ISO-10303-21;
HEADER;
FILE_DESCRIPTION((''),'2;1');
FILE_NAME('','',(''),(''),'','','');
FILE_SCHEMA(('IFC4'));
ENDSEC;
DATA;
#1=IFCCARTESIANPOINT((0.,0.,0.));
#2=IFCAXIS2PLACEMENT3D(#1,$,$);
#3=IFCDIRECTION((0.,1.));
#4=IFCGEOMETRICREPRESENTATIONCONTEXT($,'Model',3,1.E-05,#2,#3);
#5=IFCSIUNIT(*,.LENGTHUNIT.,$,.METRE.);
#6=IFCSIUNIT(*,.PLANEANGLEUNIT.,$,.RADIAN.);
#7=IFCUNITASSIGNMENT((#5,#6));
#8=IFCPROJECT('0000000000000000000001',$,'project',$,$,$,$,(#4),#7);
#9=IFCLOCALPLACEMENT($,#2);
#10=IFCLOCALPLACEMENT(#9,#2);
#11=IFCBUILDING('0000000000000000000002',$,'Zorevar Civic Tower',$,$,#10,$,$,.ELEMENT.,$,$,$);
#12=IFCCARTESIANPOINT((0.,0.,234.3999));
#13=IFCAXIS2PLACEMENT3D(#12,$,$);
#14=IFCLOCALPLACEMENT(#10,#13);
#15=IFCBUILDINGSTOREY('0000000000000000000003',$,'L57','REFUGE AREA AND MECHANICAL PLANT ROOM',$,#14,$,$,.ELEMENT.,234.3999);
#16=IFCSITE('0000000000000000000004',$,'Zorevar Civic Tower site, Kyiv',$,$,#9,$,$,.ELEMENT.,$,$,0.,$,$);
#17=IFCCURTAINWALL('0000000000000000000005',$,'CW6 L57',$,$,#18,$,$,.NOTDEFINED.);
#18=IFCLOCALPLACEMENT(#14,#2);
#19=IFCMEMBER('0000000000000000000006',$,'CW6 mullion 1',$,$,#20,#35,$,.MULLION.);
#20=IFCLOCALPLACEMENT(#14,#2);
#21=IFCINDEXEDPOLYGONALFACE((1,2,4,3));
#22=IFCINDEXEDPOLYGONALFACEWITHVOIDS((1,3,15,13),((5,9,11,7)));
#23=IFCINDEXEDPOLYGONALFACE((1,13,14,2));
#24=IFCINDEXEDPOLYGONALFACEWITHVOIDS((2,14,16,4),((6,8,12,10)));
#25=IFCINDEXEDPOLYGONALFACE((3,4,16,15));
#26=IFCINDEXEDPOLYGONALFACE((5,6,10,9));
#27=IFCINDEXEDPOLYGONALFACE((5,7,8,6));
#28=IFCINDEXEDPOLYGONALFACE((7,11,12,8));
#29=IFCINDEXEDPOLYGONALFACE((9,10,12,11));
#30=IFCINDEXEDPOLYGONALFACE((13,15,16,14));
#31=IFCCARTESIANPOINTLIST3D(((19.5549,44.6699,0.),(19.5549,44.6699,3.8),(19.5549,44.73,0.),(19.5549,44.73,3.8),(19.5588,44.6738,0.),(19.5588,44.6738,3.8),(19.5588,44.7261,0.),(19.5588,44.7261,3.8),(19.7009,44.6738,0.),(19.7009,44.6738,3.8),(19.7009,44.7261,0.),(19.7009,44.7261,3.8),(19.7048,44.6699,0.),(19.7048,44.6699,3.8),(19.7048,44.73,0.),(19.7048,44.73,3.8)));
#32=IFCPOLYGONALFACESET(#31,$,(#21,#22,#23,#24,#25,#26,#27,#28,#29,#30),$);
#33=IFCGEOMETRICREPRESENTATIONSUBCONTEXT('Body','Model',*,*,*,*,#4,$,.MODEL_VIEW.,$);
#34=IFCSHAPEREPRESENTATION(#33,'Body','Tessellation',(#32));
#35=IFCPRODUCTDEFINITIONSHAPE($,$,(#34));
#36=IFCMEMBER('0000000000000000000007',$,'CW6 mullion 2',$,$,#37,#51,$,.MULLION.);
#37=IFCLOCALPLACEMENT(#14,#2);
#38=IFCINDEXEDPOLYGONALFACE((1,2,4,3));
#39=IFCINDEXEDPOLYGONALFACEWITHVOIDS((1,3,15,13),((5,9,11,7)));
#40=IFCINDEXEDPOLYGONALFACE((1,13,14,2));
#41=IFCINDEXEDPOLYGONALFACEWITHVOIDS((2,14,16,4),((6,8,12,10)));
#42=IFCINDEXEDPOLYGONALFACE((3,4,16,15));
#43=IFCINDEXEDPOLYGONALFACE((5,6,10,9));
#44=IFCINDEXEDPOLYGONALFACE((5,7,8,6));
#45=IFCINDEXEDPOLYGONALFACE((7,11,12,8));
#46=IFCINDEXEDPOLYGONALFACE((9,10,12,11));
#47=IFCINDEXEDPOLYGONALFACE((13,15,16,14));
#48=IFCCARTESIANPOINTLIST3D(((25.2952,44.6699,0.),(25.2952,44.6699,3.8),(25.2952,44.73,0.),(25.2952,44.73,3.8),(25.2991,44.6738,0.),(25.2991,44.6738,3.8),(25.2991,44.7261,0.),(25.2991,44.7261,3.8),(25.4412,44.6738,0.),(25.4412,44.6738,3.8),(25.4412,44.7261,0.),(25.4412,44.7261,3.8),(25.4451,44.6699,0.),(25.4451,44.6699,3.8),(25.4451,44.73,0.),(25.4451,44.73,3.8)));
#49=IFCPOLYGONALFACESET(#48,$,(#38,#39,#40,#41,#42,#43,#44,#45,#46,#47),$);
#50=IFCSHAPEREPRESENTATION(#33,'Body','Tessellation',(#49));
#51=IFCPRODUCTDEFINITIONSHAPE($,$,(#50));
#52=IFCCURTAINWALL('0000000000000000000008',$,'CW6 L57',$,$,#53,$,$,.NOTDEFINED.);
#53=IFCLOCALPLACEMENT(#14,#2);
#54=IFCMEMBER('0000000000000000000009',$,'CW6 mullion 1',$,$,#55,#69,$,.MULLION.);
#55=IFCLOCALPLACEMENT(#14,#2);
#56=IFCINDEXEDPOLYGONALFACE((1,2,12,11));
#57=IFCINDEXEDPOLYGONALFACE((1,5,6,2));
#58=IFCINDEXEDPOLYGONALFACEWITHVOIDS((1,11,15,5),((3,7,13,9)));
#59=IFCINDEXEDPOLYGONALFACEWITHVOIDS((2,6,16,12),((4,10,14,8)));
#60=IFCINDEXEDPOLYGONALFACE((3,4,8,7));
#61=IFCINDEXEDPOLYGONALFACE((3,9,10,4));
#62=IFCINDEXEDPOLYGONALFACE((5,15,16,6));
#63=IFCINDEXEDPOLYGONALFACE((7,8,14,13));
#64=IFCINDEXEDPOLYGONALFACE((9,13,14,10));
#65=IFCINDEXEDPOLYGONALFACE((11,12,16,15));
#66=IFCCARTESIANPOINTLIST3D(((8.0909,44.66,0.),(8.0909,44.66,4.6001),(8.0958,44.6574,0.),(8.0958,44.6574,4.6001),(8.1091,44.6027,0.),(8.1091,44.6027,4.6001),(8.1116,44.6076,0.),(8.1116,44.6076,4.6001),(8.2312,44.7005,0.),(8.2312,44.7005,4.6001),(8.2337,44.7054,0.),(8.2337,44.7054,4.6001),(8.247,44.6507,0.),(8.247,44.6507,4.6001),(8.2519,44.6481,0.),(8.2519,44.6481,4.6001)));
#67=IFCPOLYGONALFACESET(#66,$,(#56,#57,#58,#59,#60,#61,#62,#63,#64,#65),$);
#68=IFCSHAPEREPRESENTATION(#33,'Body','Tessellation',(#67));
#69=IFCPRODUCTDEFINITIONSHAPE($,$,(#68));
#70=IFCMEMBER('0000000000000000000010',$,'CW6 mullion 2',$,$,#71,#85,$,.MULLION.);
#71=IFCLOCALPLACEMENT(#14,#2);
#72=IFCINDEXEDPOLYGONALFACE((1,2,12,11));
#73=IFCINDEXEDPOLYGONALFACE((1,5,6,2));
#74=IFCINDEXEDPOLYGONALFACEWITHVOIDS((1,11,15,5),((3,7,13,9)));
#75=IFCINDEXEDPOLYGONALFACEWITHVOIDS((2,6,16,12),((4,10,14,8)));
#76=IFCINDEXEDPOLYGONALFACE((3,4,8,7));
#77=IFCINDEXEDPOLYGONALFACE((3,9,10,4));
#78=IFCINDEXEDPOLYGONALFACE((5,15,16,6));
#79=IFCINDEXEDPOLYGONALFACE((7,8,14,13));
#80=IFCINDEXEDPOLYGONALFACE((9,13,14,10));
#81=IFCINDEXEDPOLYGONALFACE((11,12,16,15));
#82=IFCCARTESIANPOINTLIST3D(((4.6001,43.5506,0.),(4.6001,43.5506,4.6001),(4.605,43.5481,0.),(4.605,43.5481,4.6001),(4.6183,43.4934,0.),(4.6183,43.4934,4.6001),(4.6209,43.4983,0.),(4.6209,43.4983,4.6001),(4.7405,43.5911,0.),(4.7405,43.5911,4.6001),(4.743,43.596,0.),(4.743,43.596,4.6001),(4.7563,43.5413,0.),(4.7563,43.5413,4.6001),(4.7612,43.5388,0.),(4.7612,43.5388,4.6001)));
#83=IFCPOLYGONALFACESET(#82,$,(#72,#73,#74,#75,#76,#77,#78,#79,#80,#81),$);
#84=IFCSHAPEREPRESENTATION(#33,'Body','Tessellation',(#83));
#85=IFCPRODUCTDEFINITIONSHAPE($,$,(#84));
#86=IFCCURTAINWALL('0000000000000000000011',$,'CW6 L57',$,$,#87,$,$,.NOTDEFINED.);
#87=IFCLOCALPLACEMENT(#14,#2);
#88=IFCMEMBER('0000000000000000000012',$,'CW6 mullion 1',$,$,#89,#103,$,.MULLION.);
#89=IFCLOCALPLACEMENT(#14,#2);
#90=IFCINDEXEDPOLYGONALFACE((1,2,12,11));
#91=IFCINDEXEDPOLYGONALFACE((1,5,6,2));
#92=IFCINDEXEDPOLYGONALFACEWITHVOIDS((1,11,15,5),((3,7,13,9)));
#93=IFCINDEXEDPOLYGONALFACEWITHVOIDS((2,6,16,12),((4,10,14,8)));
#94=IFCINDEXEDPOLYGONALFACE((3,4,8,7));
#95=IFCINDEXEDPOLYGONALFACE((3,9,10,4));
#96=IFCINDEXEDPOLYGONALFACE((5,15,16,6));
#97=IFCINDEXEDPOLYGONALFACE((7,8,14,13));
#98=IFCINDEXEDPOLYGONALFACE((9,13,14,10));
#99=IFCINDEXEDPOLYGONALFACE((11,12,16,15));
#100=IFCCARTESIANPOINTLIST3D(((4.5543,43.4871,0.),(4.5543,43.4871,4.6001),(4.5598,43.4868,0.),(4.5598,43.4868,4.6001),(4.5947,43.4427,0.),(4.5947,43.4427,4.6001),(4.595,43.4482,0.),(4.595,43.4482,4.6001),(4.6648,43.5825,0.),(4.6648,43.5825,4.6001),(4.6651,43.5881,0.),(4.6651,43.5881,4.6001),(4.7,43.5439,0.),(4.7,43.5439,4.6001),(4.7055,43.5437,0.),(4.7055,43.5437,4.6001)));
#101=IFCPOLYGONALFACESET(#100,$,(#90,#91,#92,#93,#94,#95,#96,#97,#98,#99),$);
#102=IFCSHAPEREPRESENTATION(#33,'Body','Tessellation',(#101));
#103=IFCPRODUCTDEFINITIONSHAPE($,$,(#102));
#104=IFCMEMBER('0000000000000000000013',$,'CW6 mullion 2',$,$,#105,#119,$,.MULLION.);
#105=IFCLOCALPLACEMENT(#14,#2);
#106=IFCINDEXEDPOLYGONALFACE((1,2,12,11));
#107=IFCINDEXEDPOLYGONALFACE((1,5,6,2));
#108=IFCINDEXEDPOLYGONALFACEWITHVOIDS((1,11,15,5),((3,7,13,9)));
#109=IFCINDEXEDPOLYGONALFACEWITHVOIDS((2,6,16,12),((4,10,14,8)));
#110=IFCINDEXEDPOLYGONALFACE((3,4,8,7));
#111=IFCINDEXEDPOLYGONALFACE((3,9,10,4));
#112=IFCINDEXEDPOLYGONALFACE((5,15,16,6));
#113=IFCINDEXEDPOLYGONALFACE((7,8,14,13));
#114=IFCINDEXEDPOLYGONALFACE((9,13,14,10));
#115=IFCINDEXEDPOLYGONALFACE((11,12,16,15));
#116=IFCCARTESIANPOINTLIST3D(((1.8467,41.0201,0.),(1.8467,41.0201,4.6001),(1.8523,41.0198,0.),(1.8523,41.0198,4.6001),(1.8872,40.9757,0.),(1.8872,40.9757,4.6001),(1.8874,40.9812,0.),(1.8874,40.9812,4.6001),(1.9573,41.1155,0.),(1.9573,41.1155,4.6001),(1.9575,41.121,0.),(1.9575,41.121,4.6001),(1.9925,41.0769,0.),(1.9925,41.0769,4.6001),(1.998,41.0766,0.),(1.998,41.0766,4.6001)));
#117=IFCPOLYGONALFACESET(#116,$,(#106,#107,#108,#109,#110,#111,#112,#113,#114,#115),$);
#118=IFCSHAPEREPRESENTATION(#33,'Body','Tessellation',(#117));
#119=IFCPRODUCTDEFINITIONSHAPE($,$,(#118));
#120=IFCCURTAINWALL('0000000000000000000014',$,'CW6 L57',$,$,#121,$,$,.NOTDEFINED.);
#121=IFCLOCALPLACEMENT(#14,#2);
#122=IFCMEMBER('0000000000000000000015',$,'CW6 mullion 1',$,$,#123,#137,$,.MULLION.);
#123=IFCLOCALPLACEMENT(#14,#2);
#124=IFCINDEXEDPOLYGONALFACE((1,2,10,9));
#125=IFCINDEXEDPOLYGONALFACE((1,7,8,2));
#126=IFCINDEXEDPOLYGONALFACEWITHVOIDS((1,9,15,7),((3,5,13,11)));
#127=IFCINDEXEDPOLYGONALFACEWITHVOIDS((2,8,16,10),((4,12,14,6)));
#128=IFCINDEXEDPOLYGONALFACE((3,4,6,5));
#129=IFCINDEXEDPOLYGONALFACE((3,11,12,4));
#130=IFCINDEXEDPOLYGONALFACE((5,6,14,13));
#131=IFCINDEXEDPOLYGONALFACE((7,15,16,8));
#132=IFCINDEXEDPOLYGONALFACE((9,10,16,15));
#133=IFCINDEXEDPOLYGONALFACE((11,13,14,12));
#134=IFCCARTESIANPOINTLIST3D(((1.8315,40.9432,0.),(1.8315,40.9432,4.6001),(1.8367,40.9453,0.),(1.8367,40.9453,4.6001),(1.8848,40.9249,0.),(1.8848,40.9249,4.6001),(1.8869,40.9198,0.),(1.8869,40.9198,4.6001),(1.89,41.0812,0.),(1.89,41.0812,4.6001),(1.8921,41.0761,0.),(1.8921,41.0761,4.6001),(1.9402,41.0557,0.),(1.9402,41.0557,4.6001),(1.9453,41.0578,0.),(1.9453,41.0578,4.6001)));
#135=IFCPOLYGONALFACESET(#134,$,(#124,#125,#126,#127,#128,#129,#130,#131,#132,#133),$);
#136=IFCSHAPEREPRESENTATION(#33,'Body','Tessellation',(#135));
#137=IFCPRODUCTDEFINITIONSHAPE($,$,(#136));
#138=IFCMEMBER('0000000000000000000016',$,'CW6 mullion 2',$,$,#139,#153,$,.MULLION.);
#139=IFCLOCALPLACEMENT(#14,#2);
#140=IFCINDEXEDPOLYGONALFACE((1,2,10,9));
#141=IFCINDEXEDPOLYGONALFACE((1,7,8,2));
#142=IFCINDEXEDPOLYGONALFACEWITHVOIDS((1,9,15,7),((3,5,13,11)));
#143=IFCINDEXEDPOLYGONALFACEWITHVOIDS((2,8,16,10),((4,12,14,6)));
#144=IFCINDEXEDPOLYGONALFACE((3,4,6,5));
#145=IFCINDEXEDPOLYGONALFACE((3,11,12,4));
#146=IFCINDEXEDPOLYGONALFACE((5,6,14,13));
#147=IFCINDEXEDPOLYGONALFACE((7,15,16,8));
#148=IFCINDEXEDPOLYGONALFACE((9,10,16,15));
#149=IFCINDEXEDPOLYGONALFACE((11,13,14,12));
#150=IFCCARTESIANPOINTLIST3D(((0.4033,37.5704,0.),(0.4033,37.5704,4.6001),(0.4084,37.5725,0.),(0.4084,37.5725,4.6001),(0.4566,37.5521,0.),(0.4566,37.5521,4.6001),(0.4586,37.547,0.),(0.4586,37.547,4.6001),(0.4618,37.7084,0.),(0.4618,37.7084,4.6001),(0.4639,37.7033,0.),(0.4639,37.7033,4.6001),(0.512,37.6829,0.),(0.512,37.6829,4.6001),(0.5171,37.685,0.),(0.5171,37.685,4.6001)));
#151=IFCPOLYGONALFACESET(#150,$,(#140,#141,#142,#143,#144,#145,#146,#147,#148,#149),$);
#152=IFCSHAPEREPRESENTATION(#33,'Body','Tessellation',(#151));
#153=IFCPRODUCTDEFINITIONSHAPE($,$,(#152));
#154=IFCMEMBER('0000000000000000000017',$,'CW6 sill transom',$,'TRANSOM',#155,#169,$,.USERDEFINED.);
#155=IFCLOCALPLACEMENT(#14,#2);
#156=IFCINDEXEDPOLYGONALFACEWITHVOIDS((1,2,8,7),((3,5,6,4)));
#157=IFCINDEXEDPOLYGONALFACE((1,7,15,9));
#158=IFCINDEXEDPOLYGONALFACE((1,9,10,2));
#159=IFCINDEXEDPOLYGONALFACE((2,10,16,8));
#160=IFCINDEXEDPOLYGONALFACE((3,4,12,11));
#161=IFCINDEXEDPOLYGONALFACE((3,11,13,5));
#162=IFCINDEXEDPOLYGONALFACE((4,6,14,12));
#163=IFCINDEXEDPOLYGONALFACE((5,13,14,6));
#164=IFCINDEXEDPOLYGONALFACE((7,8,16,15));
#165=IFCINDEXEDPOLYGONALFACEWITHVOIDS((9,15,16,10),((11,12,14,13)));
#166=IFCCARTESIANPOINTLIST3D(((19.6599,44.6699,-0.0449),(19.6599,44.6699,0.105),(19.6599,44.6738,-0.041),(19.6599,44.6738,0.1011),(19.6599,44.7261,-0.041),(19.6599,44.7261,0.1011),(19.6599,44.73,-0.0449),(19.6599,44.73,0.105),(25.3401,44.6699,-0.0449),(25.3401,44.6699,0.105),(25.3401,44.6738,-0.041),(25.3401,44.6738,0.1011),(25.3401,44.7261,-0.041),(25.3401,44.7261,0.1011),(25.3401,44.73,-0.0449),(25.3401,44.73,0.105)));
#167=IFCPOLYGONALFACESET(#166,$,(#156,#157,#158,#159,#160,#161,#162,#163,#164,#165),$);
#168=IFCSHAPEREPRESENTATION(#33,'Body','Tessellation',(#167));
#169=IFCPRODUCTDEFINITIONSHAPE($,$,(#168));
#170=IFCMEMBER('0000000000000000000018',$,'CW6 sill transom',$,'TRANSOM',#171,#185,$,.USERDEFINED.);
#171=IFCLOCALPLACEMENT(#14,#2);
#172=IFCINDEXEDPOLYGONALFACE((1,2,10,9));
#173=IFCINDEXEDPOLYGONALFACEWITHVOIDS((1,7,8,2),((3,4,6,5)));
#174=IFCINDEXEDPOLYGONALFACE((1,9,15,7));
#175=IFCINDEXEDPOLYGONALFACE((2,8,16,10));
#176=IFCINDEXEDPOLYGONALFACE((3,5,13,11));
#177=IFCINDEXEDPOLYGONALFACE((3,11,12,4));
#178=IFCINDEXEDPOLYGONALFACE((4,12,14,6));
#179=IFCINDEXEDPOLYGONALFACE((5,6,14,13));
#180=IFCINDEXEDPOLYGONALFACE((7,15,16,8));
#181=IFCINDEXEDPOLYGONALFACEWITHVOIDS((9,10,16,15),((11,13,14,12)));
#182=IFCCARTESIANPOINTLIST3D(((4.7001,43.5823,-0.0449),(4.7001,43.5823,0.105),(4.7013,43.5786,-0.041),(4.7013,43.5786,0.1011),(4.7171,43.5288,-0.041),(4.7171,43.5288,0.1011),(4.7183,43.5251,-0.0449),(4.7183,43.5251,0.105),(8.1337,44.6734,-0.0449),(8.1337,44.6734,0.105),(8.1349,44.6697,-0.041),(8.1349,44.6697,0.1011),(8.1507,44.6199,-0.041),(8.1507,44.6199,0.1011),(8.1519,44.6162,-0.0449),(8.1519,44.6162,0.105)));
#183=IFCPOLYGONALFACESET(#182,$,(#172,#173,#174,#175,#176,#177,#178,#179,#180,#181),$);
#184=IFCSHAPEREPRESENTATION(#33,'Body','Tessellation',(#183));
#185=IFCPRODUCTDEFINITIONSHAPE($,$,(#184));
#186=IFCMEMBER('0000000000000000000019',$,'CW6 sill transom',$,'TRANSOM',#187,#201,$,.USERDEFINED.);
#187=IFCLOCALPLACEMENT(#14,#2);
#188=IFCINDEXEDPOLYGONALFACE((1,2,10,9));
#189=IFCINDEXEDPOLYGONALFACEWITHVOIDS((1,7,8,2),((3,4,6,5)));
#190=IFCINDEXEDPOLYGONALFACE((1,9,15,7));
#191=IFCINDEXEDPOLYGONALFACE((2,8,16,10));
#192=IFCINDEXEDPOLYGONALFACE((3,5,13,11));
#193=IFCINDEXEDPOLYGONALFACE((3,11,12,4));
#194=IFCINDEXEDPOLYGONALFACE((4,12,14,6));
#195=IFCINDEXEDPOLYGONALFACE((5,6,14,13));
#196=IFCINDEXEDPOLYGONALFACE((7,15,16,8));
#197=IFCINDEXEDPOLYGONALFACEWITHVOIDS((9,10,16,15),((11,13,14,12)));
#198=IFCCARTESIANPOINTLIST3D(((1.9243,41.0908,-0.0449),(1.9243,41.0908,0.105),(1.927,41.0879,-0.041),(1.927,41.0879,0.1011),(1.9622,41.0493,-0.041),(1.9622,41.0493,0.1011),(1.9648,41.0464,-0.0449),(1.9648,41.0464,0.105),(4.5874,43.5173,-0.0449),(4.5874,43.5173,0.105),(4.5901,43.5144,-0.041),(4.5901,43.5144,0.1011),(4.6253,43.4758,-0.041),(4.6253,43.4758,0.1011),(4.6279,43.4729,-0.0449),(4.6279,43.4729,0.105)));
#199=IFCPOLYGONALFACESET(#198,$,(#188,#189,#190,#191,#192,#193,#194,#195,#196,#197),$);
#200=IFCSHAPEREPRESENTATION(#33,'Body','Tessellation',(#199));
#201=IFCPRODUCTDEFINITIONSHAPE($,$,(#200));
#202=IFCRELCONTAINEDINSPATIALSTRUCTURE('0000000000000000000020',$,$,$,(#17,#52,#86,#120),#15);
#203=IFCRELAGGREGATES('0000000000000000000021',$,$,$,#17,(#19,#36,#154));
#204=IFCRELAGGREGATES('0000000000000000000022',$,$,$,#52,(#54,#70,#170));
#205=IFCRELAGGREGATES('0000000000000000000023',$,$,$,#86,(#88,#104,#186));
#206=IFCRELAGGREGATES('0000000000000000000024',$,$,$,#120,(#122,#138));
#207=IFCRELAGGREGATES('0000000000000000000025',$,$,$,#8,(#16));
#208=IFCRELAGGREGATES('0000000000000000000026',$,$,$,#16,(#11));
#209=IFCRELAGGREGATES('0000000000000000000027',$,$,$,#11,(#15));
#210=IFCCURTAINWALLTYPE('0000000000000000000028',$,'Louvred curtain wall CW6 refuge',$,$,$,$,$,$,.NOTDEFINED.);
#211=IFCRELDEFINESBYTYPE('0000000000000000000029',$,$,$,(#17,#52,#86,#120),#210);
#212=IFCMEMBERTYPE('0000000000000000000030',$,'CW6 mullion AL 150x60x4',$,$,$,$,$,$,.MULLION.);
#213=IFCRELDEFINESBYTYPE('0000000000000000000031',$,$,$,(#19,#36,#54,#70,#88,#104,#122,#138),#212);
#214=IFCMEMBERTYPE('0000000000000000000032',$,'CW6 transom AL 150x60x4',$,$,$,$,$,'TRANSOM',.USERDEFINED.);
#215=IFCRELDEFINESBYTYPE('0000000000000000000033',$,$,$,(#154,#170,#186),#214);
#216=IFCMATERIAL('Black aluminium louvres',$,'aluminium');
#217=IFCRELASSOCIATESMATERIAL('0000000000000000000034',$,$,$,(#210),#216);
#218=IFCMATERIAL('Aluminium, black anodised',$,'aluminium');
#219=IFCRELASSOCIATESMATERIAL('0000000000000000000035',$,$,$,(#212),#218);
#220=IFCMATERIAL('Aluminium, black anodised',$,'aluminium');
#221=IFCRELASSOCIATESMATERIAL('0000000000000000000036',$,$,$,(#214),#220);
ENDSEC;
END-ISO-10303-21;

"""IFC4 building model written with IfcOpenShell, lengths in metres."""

from ifc_helpers import new_model, si_unit, direction, frame, origin, origin_2d, place, context, subcontext, project, spatial, hollow_rectangle, extrude, material, material_profile, profile_set, type_object, element, aggregate, save


model = new_model("IFC4")

# Units and contexts
model_context = context("Model", 3, precision=1e-05, world=origin(), true_north=direction((0.0, 1.0)))
body_context = subcontext(model_context, "Body", "Model", "MODEL_VIEW")
ifc_project = project(units=[si_unit("LENGTHUNIT", "METRE"), si_unit("PLANEANGLEUNIT", "RADIAN")], contexts=[model_context])

# Site, building, storey
site_placement = place(None, origin())
site = spatial("IfcSite", under=ifc_project, at=site_placement, Name="Zorevar Civic Tower site, Kyiv", CompositionType="ELEMENT", RefElevation=0.0)
building_placement = place(site_placement, origin())
building = spatial("IfcBuilding", under=site, at=building_placement, Name="Zorevar Civic Tower", CompositionType="ELEMENT")
storey_placement = place(building_placement, frame((0.0, 0.0, 234.3999)))
storey = spatial("IfcBuildingStorey", under=building, at=storey_placement, Name="L57", Description="REFUGE AREA AND MECHANICAL PLANT ROOM", CompositionType="ELEMENT", Elevation=234.3999)

# Curtain walls, members
ifc_material_1 = material(Name="Black aluminium louvres", Category="aluminium")
curtain_wall_type = type_object("IfcCurtainWallType", Name="Louvred curtain wall CW6 refuge", PredefinedType="NOTDEFINED", material=ifc_material_1)
curtain_wall_1_placement = place(storey_placement, origin())
curtain_wall_1 = element("IfcCurtainWall", 1, at=curtain_wall_1_placement, inside=storey, type_object=curtain_wall_type, Name="CW6 L57", PredefinedType="NOTDEFINED")
ifc_material_2 = material(Name="Aluminium, black anodised", Category="aluminium")
ifc_material_profile_1 = material_profile(ifc_material_2, hollow_rectangle(XDim=0.0601, YDim=0.1499, WallThickness=0.0039, at=origin_2d()), Name="AL 150x60x4")
ifc_profile_set_1 = profile_set([ifc_material_profile_1], Name="Aluminium, black anodised")
member_type_1 = type_object("IfcMemberType", Name="CW6 mullion AL 150x60x4", PredefinedType="MULLION", material=ifc_profile_set_1)
member_1_placement = place(storey_placement, frame((19.6299, 44.7, 0.0), z_axis=(0.0, 0.0, 1.0), x_axis=(0.0, 1.0, 0.0)))
member_1 = element("IfcMember", 2, at=member_1_placement, type_object=member_type_1, Name="CW6 mullion 1", PredefinedType="MULLION", context=body_context, shape_type="SweptSolid", body=[
    extrude(hollow_rectangle(XDim=0.0601, YDim=0.1499, WallThickness=0.0039, at=origin_2d()), origin(), (0.0, 0.0, 1.0), 3.8),
])
member_2_placement = place(storey_placement, frame((25.3701, 44.7, 0.0), z_axis=(0.0, 0.0, 1.0), x_axis=(0.0, 1.0, 0.0)))
member_2 = element("IfcMember", 3, at=member_2_placement, type_object=member_type_1, Name="CW6 mullion 2", PredefinedType="MULLION", context=body_context, shape_type="SweptSolid", body=[
    extrude(hollow_rectangle(XDim=0.0601, YDim=0.1499, WallThickness=0.0039, at=origin_2d()), origin(), (0.0, 0.0, 1.0), 3.8),
])
curtain_wall_2_placement = place(storey_placement, origin())
curtain_wall_2 = element("IfcCurtainWall", 4, at=curtain_wall_2_placement, inside=storey, type_object=curtain_wall_type, Name="CW6 L57", PredefinedType="NOTDEFINED")
member_3_placement = place(storey_placement, frame((8.1714, 44.6541, 0.0), z_axis=(0.0, 0.0, 1.0), x_axis=(0.302859, -0.953035, 0.0)))
member_3 = element("IfcMember", 5, at=member_3_placement, type_object=member_type_1, Name="CW6 mullion 1", PredefinedType="MULLION", context=body_context, shape_type="SweptSolid", body=[
    extrude(hollow_rectangle(XDim=0.0601, YDim=0.1499, WallThickness=0.0039, at=origin_2d()), origin(), (0.0, 0.0, 1.0), 4.6001),
])
member_4_placement = place(storey_placement, frame((4.6807, 43.5447, 0.0), z_axis=(0.0, 0.0, 1.0), x_axis=(0.302859, -0.953035, 0.0)))
member_4 = element("IfcMember", 6, at=member_4_placement, type_object=member_type_1, Name="CW6 mullion 2", PredefinedType="MULLION", context=body_context, shape_type="SweptSolid", body=[
    extrude(hollow_rectangle(XDim=0.0601, YDim=0.1499, WallThickness=0.0039, at=origin_2d()), origin(), (0.0, 0.0, 1.0), 4.6001),
])
curtain_wall_3_placement = place(storey_placement, origin())
curtain_wall_3 = element("IfcCurtainWall", 7, at=curtain_wall_3_placement, inside=storey, type_object=curtain_wall_type, Name="CW6 L57", PredefinedType="NOTDEFINED")
member_5_placement = place(storey_placement, frame((4.6299, 43.5154, 0.0), z_axis=(0.0, 0.0, 1.0), x_axis=(0.673533, -0.739157, 0.0)))
member_5 = element("IfcMember", 8, at=member_5_placement, type_object=member_type_1, Name="CW6 mullion 1", PredefinedType="MULLION", context=body_context, shape_type="SweptSolid", body=[
    extrude(hollow_rectangle(XDim=0.0601, YDim=0.1499, WallThickness=0.0039, at=origin_2d()), origin(), (0.0, 0.0, 1.0), 4.6001),
])
member_6_placement = place(storey_placement, frame((1.9224, 41.0483, 0.0), z_axis=(0.0, 0.0, 1.0), x_axis=(0.673533, -0.739157, 0.0)))
member_6 = element("IfcMember", 9, at=member_6_placement, type_object=member_type_1, Name="CW6 mullion 2", PredefinedType="MULLION", context=body_context, shape_type="SweptSolid", body=[
    extrude(hollow_rectangle(XDim=0.0601, YDim=0.1499, WallThickness=0.0039, at=origin_2d()), origin(), (0.0, 0.0, 1.0), 4.6001),
])
curtain_wall_4_placement = place(storey_placement, origin())
curtain_wall_4 = element("IfcCurtainWall", 10, at=curtain_wall_4_placement, inside=storey, type_object=curtain_wall_type, Name="CW6 L57", PredefinedType="NOTDEFINED")
member_7_placement = place(storey_placement, frame((1.8884, 41.0005, 0.0), z_axis=(0.0, 0.0, 1.0), x_axis=(0.92083, -0.389965, 0.0)))
member_7 = element("IfcMember", 11, at=member_7_placement, type_object=member_type_1, Name="CW6 mullion 1", PredefinedType="MULLION", context=body_context, shape_type="SweptSolid", body=[
    extrude(hollow_rectangle(XDim=0.0601, YDim=0.1499, WallThickness=0.0039, at=origin_2d()), origin(), (0.0, 0.0, 1.0), 4.6001),
])
member_8_placement = place(storey_placement, frame((0.4602, 37.6277, 0.0), z_axis=(0.0, 0.0, 1.0), x_axis=(0.92083, -0.389965, 0.0)))
member_8 = element("IfcMember", 12, at=member_8_placement, type_object=member_type_1, Name="CW6 mullion 2", PredefinedType="MULLION", context=body_context, shape_type="SweptSolid", body=[
    extrude(hollow_rectangle(XDim=0.0601, YDim=0.1499, WallThickness=0.0039, at=origin_2d()), origin(), (0.0, 0.0, 1.0), 4.6001),
])

# Members
ifc_material_3 = material(Name="Aluminium, black anodised", Category="aluminium")
ifc_material_profile_2 = material_profile(ifc_material_3, hollow_rectangle(XDim=0.0601, YDim=0.1499, WallThickness=0.0039, at=origin_2d()), Name="AL 150x60x4")
ifc_profile_set_2 = profile_set([ifc_material_profile_2], Name="Aluminium, black anodised")
member_type_2 = type_object("IfcMemberType", Name="CW6 transom AL 150x60x4", ElementType="TRANSOM", PredefinedType="USERDEFINED", material=ifc_profile_set_2)
member_9_placement = place(storey_placement, frame((19.6599, 44.7, 0.03), z_axis=(1.0, 0.0, 0.0), x_axis=(0.0, 1.0, 0.0)))
member_9 = element("IfcMember", 13, at=member_9_placement, type_object=member_type_2, Name="CW6 sill transom", ObjectType="TRANSOM", PredefinedType="USERDEFINED", context=body_context, shape_type="SweptSolid", body=[
    extrude(hollow_rectangle(XDim=0.0601, YDim=0.1499, WallThickness=0.0039, at=origin_2d()), origin(), (0.0, 0.0, 1.0), 5.6802),
])
member_10_placement = place(storey_placement, frame((8.1428, 44.6448, 0.03), z_axis=(-0.953041, -0.30284, 0.0), x_axis=(0.30284, -0.953041, 0.0)))
member_10 = element("IfcMember", 14, at=member_10_placement, type_object=member_type_2, Name="CW6 sill transom", ObjectType="TRANSOM", PredefinedType="USERDEFINED", context=body_context, shape_type="SweptSolid", body=[
    extrude(hollow_rectangle(XDim=0.0601, YDim=0.1499, WallThickness=0.0039, at=origin_2d()), origin(), (0.0, 0.0, 1.0), 3.6028),
])
member_11_placement = place(storey_placement, frame((4.6077, 43.4951, 0.03), z_axis=(-0.739176, -0.673512, 0.0), x_axis=(0.673512, -0.739176, 0.0)))
member_11 = element("IfcMember", 15, at=member_11_placement, type_object=member_type_2, Name="CW6 sill transom", ObjectType="TRANSOM", PredefinedType="USERDEFINED", context=body_context, shape_type="SweptSolid", body=[
    extrude(hollow_rectangle(XDim=0.0601, YDim=0.1499, WallThickness=0.0039, at=origin_2d()), origin(), (0.0, 0.0, 1.0), 3.6028),
])

aggregate(curtain_wall_1, [member_1, member_2, member_9])
aggregate(curtain_wall_2, [member_3, member_4, member_10])
aggregate(curtain_wall_3, [member_5, member_6, member_11])
aggregate(curtain_wall_4, [member_7, member_8])

save(model, "model.ifc")
